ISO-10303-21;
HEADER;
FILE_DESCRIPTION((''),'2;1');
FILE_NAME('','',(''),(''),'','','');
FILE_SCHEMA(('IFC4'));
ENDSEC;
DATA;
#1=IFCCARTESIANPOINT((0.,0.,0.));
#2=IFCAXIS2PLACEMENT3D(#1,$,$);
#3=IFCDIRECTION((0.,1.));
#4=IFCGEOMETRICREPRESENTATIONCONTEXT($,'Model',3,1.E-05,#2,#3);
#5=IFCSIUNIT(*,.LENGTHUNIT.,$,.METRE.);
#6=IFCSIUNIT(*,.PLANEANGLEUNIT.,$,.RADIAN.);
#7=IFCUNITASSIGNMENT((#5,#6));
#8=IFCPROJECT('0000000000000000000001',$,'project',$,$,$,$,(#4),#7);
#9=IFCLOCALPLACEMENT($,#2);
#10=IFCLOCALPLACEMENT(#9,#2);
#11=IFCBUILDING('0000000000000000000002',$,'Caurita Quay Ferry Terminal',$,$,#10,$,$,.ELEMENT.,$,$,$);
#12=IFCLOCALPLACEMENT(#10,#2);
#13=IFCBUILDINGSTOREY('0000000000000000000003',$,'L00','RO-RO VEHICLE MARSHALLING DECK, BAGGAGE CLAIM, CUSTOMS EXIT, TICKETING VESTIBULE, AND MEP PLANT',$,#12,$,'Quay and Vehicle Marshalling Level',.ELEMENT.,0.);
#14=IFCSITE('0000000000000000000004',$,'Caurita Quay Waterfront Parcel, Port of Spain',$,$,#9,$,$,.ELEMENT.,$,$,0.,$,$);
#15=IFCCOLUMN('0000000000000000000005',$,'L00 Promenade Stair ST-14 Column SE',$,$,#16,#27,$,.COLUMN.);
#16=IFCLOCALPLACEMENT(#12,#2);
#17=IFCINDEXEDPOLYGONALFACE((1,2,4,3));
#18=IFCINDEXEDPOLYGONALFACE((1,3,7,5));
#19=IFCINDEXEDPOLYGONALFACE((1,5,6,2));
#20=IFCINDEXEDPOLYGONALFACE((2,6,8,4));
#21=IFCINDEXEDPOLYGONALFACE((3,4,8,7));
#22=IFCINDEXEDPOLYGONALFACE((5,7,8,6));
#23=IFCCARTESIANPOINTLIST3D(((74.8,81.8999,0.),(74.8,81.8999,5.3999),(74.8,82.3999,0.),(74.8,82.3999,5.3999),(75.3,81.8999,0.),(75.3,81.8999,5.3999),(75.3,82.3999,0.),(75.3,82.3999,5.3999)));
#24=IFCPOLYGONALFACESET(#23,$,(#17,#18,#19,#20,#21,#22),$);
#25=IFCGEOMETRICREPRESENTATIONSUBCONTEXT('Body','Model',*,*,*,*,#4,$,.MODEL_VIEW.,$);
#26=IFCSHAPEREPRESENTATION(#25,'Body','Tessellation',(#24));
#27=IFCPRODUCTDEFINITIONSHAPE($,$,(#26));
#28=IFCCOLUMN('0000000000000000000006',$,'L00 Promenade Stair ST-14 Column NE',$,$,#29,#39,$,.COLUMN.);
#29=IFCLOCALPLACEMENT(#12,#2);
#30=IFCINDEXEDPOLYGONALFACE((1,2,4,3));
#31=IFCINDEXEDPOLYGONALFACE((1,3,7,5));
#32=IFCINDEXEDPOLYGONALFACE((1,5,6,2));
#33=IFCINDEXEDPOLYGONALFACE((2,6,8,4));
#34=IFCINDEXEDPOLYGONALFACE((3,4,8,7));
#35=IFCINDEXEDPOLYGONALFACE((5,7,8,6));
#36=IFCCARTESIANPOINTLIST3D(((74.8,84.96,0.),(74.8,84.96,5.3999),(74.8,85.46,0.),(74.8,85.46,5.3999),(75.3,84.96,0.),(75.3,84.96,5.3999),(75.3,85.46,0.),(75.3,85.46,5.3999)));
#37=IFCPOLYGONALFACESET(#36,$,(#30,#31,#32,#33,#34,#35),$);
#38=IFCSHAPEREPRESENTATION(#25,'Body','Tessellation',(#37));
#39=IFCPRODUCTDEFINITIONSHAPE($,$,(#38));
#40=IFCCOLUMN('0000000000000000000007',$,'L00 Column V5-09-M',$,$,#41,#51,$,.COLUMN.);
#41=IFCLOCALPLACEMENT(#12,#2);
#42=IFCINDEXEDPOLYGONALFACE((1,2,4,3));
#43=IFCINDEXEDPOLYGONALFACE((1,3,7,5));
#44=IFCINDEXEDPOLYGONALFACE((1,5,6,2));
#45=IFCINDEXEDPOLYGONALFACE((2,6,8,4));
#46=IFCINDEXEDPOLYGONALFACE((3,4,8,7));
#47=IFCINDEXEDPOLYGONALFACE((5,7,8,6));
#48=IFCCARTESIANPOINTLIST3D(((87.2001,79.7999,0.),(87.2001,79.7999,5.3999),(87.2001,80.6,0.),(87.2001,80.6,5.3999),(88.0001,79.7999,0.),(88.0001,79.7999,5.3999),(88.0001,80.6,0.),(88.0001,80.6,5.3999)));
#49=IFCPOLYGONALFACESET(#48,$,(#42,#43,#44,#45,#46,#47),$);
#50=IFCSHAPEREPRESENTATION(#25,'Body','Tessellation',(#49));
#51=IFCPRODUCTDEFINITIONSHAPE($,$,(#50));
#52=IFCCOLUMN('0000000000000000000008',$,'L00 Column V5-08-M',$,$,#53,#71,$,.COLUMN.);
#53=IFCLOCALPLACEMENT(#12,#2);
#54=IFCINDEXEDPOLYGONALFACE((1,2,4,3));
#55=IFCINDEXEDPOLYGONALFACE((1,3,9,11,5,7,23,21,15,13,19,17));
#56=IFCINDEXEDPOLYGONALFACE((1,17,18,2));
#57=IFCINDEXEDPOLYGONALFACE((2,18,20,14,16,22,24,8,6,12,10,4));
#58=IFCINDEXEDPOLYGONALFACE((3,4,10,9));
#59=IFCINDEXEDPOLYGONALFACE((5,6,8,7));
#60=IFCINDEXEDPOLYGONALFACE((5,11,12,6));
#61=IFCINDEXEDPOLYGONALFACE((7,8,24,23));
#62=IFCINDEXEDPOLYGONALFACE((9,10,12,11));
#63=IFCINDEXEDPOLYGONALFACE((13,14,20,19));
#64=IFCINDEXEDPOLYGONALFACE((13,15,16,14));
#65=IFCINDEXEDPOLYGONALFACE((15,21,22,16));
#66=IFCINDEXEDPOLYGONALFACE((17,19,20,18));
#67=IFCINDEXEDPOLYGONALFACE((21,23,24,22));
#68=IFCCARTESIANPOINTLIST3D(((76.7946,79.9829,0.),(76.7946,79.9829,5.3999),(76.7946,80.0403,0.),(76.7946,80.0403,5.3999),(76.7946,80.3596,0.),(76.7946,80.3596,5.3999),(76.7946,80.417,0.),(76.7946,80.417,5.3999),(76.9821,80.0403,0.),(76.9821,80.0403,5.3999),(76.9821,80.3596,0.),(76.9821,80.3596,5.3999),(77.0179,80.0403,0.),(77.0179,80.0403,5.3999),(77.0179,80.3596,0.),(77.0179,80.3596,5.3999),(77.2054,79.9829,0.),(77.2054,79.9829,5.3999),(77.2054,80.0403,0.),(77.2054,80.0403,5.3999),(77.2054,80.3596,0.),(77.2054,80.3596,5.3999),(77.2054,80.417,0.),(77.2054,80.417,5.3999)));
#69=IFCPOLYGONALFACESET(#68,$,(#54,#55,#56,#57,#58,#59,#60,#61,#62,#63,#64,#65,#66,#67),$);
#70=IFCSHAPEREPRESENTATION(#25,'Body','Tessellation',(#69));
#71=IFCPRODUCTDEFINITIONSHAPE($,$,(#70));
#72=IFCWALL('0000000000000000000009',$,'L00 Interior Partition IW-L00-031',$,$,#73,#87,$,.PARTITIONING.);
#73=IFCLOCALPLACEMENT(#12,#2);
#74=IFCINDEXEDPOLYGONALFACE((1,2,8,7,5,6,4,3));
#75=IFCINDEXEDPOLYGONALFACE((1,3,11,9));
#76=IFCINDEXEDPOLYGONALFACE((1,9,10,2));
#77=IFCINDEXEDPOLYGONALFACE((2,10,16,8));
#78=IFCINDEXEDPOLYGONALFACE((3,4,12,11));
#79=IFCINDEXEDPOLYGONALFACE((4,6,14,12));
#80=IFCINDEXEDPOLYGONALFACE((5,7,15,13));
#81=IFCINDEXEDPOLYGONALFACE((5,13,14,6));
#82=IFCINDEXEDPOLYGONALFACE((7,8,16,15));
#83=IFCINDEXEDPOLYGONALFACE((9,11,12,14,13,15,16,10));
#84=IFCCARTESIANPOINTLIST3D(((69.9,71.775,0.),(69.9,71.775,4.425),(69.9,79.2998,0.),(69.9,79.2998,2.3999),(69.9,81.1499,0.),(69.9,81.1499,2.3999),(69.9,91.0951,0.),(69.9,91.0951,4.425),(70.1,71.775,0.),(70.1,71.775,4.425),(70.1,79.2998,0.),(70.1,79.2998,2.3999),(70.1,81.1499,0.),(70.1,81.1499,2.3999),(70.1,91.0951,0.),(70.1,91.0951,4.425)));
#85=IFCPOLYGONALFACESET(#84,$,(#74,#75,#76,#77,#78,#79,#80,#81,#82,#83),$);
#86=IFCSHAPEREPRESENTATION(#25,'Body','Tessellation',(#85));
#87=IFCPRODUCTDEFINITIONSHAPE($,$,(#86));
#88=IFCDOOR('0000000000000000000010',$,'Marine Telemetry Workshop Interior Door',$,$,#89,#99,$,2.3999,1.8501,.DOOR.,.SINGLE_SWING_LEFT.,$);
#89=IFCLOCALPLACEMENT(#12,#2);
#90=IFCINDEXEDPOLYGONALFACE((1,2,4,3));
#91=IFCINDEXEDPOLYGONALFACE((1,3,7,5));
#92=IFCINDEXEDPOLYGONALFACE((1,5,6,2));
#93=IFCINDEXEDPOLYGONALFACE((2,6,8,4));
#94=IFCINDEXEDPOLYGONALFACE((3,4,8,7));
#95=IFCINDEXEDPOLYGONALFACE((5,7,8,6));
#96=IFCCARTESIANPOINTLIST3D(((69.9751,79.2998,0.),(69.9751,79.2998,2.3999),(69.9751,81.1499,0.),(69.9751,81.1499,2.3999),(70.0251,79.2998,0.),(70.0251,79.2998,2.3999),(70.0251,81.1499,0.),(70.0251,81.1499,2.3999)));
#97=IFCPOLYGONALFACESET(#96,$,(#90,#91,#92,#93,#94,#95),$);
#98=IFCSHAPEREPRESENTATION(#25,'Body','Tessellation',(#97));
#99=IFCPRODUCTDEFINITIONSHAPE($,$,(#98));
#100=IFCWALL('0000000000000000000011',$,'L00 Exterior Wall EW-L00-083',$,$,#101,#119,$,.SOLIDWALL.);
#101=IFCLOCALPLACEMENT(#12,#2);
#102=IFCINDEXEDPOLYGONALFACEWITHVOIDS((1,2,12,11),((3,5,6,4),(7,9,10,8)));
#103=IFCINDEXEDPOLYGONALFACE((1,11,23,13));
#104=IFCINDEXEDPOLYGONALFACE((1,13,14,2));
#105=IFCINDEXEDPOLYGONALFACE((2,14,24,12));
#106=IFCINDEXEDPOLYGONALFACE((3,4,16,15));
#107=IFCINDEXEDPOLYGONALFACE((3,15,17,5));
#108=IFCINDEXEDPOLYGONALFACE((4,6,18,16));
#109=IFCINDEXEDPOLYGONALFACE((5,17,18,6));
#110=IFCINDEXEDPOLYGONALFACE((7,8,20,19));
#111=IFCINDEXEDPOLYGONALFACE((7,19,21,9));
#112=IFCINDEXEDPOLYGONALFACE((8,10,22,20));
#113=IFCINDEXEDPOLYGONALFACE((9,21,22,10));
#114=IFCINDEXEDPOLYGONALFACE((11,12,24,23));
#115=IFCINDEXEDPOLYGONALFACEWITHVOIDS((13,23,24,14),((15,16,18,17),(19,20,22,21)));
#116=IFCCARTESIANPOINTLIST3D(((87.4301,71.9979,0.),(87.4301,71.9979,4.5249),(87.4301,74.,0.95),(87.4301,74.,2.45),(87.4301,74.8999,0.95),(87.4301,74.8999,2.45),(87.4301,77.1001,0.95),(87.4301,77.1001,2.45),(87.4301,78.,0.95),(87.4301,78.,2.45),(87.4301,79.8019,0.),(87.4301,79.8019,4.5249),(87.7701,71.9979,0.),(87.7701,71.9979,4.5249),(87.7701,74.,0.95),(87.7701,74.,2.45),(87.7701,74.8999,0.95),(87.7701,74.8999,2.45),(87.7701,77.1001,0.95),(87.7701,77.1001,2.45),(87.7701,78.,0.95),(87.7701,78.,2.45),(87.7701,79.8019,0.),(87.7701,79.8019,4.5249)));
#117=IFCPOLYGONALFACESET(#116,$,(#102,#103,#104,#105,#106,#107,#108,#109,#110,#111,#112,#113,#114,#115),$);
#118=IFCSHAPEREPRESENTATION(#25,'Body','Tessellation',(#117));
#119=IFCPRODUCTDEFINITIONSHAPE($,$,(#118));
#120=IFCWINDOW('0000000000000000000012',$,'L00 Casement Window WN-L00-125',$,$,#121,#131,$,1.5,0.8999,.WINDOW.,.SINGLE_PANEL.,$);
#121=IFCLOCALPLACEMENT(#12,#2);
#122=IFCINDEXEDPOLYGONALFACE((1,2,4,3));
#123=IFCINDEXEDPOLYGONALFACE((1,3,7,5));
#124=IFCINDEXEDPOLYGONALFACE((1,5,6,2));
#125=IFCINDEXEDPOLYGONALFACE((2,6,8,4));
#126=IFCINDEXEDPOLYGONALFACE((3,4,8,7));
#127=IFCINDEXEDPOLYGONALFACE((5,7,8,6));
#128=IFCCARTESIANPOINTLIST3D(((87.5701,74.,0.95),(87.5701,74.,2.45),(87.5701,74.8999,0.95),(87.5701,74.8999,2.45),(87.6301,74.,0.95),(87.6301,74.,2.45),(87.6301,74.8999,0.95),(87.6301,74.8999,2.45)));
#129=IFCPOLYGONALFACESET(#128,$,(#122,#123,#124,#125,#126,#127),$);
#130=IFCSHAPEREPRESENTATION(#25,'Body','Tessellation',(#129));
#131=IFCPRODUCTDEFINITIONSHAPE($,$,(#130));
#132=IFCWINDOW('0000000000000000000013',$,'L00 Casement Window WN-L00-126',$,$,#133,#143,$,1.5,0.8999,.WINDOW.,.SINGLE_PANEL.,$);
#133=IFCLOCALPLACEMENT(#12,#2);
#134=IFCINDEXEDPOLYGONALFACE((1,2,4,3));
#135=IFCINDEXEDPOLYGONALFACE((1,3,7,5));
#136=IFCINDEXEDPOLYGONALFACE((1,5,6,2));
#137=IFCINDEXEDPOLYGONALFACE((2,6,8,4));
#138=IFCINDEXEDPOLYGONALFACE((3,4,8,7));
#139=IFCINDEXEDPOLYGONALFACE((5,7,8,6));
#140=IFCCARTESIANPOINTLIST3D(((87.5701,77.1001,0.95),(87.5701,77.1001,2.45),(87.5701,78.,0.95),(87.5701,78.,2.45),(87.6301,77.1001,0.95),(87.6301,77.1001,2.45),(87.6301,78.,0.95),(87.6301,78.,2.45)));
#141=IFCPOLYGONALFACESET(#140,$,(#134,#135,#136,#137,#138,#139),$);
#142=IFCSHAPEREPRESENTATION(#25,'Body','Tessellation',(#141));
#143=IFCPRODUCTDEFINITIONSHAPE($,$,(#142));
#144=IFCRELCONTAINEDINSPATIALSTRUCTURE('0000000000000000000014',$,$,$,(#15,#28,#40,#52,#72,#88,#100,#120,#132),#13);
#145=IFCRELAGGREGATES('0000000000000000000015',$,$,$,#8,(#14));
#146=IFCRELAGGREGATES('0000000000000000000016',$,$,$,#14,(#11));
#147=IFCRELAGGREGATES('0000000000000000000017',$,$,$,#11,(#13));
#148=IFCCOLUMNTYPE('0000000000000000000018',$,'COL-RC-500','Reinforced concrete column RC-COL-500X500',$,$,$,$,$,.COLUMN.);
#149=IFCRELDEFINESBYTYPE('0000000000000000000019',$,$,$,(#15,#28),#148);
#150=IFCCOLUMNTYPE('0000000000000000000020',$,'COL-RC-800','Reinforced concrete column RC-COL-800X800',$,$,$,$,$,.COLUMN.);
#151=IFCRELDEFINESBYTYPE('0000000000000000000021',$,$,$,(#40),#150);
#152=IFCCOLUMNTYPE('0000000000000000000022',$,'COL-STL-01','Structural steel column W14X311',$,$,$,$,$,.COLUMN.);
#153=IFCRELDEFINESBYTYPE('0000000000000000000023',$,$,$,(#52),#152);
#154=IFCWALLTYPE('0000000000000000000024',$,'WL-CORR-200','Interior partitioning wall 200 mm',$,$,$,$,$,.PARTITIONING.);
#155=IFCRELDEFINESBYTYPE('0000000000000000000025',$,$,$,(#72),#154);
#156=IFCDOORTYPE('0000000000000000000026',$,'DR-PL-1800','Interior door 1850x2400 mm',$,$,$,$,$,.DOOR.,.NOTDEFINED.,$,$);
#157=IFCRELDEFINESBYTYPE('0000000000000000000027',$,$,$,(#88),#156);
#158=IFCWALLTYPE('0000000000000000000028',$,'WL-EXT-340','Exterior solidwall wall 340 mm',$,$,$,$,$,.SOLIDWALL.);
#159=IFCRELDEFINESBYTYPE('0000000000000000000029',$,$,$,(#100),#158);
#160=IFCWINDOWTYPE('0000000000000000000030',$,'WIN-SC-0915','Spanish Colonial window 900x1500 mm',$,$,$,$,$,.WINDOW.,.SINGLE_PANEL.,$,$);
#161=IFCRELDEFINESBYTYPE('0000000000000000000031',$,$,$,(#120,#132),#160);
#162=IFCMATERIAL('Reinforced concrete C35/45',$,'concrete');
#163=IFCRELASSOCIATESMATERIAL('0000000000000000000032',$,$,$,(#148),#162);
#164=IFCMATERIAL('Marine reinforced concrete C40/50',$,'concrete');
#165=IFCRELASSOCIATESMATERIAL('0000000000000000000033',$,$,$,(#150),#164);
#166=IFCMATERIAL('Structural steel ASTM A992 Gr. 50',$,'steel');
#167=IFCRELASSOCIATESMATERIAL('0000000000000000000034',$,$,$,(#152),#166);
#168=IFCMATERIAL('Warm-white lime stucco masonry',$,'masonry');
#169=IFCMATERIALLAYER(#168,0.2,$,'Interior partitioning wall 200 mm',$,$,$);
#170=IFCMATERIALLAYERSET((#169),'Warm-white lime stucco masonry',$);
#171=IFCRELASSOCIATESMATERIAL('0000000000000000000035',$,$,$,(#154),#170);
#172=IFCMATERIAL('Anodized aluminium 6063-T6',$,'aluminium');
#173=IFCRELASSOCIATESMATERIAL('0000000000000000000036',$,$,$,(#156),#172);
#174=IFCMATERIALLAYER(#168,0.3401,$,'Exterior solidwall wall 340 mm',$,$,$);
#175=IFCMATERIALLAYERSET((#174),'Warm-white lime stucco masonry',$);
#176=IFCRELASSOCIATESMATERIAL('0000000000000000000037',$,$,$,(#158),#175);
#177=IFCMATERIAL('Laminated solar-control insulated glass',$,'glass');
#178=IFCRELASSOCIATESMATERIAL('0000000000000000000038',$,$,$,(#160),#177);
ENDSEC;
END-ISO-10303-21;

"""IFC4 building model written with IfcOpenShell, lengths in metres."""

from ifc_helpers import new_model, si_unit, direction, frame, frame_2d, origin, origin_2d, place, context, subcontext, project, spatial, rectangle, i_section, extrude, material, layer, layer_set, material_profile, profile_set, type_object, element, fill, save


model = new_model("IFC4")

# Units and contexts
model_context = context("Model", 3, precision=1e-05, world=origin(), true_north=direction((0.0, 1.0)))
body_context = subcontext(model_context, "Body", "Model", "MODEL_VIEW")
ifc_project = project(units=[si_unit("LENGTHUNIT", "METRE"), si_unit("PLANEANGLEUNIT", "RADIAN")], contexts=[model_context])

# Site, building, storey
site_placement = place(None, origin())
site = spatial("IfcSite", under=ifc_project, at=site_placement, Name="Caurita Quay Waterfront Parcel, Port of Spain", CompositionType="ELEMENT", RefElevation=0.0)
building_placement = place(site_placement, origin())
building = spatial("IfcBuilding", under=site, at=building_placement, Name="Caurita Quay Ferry Terminal", CompositionType="ELEMENT")
storey_placement = place(building_placement, origin())
storey = spatial("IfcBuildingStorey", under=building, at=storey_placement, Name="L00", Description="RO-RO VEHICLE MARSHALLING DECK, BAGGAGE CLAIM, CUSTOMS EXIT, TICKETING VESTIBULE, AND MEP PLANT", LongName="Quay and Vehicle Marshalling Level", CompositionType="ELEMENT", Elevation=0.0)

# Shared definitions
ifc_material_1 = material(Name="Marine reinforced concrete C40/50", Category="concrete")

# Columns
ifc_material_2 = material(Name="Reinforced concrete C35/45", Category="concrete")
ifc_material_profile_1 = material_profile(ifc_material_2, rectangle(XDim=0.5, YDim=0.5, at=origin_2d()), Name="RC-COL-500X500")
ifc_profile_set_1 = profile_set([ifc_material_profile_1], Name="Reinforced concrete C35/45")
column_type_1 = type_object("IfcColumnType", Name="COL-RC-500", Description="Reinforced concrete column RC-COL-500X500", PredefinedType="COLUMN", material=ifc_profile_set_1)
for number, where, z_axis, x_axis, name in (
    (1, (75.05, 82.1499, 0.0), (0.0, 0.0, 1.0), (1.0, 0.0, 0.0), "L00 Promenade Stair ST-14 Column SE"),
    (2, (75.05, 85.21, 0.0), (0.0, 0.0, 1.0), (1.0, 0.0, 0.0), "L00 Promenade Stair ST-14 Column NE"),
):
    element("IfcColumn", number, at=place(storey_placement, frame(where, z_axis=z_axis, x_axis=x_axis)), inside=storey, type_object=column_type_1, Name=name, PredefinedType="COLUMN", context=body_context, shape_type="SweptSolid", body=[
        extrude(rectangle(XDim=0.5, YDim=0.5, at=origin_2d()), origin(), (0.0, 0.0, 1.0), 5.3999),
    ])
ifc_material_profile_2 = material_profile(ifc_material_1, rectangle(XDim=0.8, YDim=0.8, at=origin_2d()), Name="RC-COL-800X800")
ifc_profile_set_2 = profile_set([ifc_material_profile_2], Name="Marine reinforced concrete C40/50")
column_type_2 = type_object("IfcColumnType", Name="COL-RC-800", Description="Reinforced concrete column RC-COL-800X800", PredefinedType="COLUMN", material=ifc_profile_set_2)
column_1_placement = place(storey_placement, frame((87.6001, 80.2, 0.0), z_axis=(0.0, 0.0, 1.0), x_axis=(1.0, 0.0, 0.0)))
element("IfcColumn", 3, at=column_1_placement, inside=storey, type_object=column_type_2, Name="L00 Column V5-09-M", PredefinedType="COLUMN", context=body_context, shape_type="SweptSolid", body=[
    extrude(rectangle(XDim=0.8, YDim=0.8, at=origin_2d()), origin(), (0.0, 0.0, 1.0), 5.3999),
])
ifc_material_3 = material(Name="Structural steel ASTM A992 Gr. 50", Category="steel")
ifc_material_profile_3 = material_profile(ifc_material_3, i_section(OverallWidth=0.4109, OverallDepth=0.4341, WebThickness=0.0359, FlangeThickness=0.0574, at=origin_2d()), Name="W14X311")
ifc_profile_set_3 = profile_set([ifc_material_profile_3], Name="Structural steel ASTM A992 Gr. 50")
column_type_3 = type_object("IfcColumnType", Name="COL-STL-01", Description="Structural steel column W14X311", PredefinedType="COLUMN", material=ifc_profile_set_3)
column_2_placement = place(storey_placement, frame((77.0, 80.2, 0.0), z_axis=(0.0, 0.0, 1.0), x_axis=(1.0, 0.0, 0.0)))
element("IfcColumn", 4, at=column_2_placement, inside=storey, type_object=column_type_3, Name="L00 Column V5-08-M", PredefinedType="COLUMN", context=body_context, shape_type="SweptSolid", body=[
    extrude(i_section(OverallWidth=0.4109, OverallDepth=0.4341, WebThickness=0.0359, FlangeThickness=0.0574, at=origin_2d()), origin(), (0.0, 0.0, 1.0), 5.3999),
])

# Wall, opening, door
ifc_material_4 = material(Name="Warm-white lime stucco masonry", Category="masonry")
ifc_layer_1 = layer(ifc_material_4, 0.2, Name="Interior partitioning wall 200 mm")
ifc_layer_set_1 = layer_set([ifc_layer_1], Name="Warm-white lime stucco masonry")
wall_type_1 = type_object("IfcWallType", Name="WL-CORR-200", Description="Interior partitioning wall 200 mm", PredefinedType="PARTITIONING", material=ifc_layer_set_1)
wall_1_placement = place(storey_placement, frame((70.0, 71.7749, 0.0), z_axis=(0.0, 0.0, 1.0), x_axis=(0.0, 1.0, 0.0)))
wall_1 = element("IfcWall", 5, at=wall_1_placement, inside=storey, type_object=wall_type_1, Name="L00 Interior Partition IW-L00-031", PredefinedType="PARTITIONING", context=body_context, shape_type="SweptSolid", body=[
    extrude(rectangle(XDim=19.3201, YDim=0.2, at=frame_2d((9.6602, 0.0))), origin(), (0.0, 0.0, 1.0), 4.425),
])
opening_1_placement = place(wall_1_placement, frame((7.5249, 0.0, 0.0)))
opening_1 = element("IfcOpeningElement", 6, at=opening_1_placement, cuts=wall_1, PredefinedType="OPENING", context=body_context, shape_type="SweptSolid", body=[
    extrude(rectangle(XDim=1.8501, YDim=2.3999, at=frame_2d((0.925, 1.2))), frame((0.0, 0.1099, 0.0), z_axis=(0.0, -1.0, 0.0), x_axis=(1.0, 0.0, 0.0)), (0.0, 0.0, 1.0), 0.22),
])
ifc_material_5 = material(Name="Anodized aluminium 6063-T6", Category="aluminium")
door_type_1 = type_object("IfcDoorType", Name="DR-PL-1800", Description="Interior door 1850x2400 mm", OperationType="NOTDEFINED", PredefinedType="DOOR", material=ifc_material_5)
door_1_placement = place(opening_1_placement, origin())
door_1 = element("IfcDoor", 7, at=door_1_placement, inside=storey, type_object=door_type_1, Name="Marine Telemetry Workshop Interior Door", OperationType="SINGLE_SWING_LEFT", OverallHeight=2.3999, OverallWidth=1.8501, PredefinedType="DOOR", context=body_context, shape_type="SweptSolid", body=[
    extrude(rectangle(XDim=1.8501, YDim=2.3999, at=frame_2d((0.925, 1.2))), frame((0.0, 0.0249, 0.0), z_axis=(0.0, -1.0, 0.0), x_axis=(1.0, 0.0, 0.0)), (0.0, 0.0, 1.0), 0.05),
])
fill(opening_1, door_1)

# Wall, openings, windows
ifc_layer_2 = layer(ifc_material_4, 0.3401, Name="Exterior solidwall wall 340 mm")
ifc_layer_set_2 = layer_set([ifc_layer_2], Name="Warm-white lime stucco masonry")
wall_type_2 = type_object("IfcWallType", Name="WL-EXT-340", Description="Exterior solidwall wall 340 mm", PredefinedType="SOLIDWALL", material=ifc_layer_set_2)
wall_2_placement = place(storey_placement, frame((87.6001, 71.998, 0.0), z_axis=(0.0, 0.0, 1.0), x_axis=(0.0, 1.0, 0.0)))
wall_2 = element("IfcWall", 8, at=wall_2_placement, inside=storey, type_object=wall_type_2, Name="L00 Exterior Wall EW-L00-083", PredefinedType="SOLIDWALL", context=body_context, shape_type="SweptSolid", body=[
    extrude(rectangle(XDim=7.804, YDim=0.3401, at=frame_2d((3.9019, 0.0))), origin(), (0.0, 0.0, 1.0), 4.5249),
])
opening_2_placement = place(wall_2_placement, frame((2.002, 0.0, 0.95)))
opening_2 = element("IfcOpeningElement", 9, at=opening_2_placement, cuts=wall_2, PredefinedType="OPENING", context=body_context, shape_type="SweptSolid", body=[
    extrude(rectangle(XDim=0.8999, YDim=1.5, at=frame_2d((0.45, 0.75))), frame((0.0, 0.1799, 0.0), z_axis=(0.0, -1.0, 0.0), x_axis=(1.0, 0.0, 0.0)), (0.0, 0.0, 1.0), 0.3601),
])
opening_3_placement = place(wall_2_placement, frame((5.1021, 0.0, 0.95)))
opening_3 = element("IfcOpeningElement", 10, at=opening_3_placement, cuts=wall_2, PredefinedType="OPENING", context=body_context, shape_type="SweptSolid", body=[
    extrude(rectangle(XDim=0.8999, YDim=1.5, at=frame_2d((0.45, 0.75))), frame((0.0, 0.1799, 0.0), z_axis=(0.0, -1.0, 0.0), x_axis=(1.0, 0.0, 0.0)), (0.0, 0.0, 1.0), 0.3601),
])
ifc_material_6 = material(Name="Laminated solar-control insulated glass", Category="glass")
window_type = type_object("IfcWindowType", Name="WIN-SC-0915", Description="Spanish Colonial window 900x1500 mm", PartitioningType="SINGLE_PANEL", PredefinedType="WINDOW", material=ifc_material_6)
window_1_placement = place(opening_2_placement, origin())
window_1 = element("IfcWindow", 11, at=window_1_placement, inside=storey, type_object=window_type, Name="L00 Casement Window WN-L00-125", OverallHeight=1.5, OverallWidth=0.8999, PartitioningType="SINGLE_PANEL", PredefinedType="WINDOW", context=body_context, shape_type="SweptSolid", body=[
    extrude(rectangle(XDim=0.8999, YDim=1.5, at=frame_2d((0.45, 0.75))), frame((0.0, 0.03, 0.0), z_axis=(0.0, -1.0, 0.0), x_axis=(1.0, 0.0, 0.0)), (0.0, 0.0, 1.0), 0.0601),
])
fill(opening_2, window_1)
window_2_placement = place(opening_3_placement, origin())
window_2 = element("IfcWindow", 12, at=window_2_placement, inside=storey, type_object=window_type, Name="L00 Casement Window WN-L00-126", OverallHeight=1.5, OverallWidth=0.8999, PartitioningType="SINGLE_PANEL", PredefinedType="WINDOW", context=body_context, shape_type="SweptSolid", body=[
    extrude(rectangle(XDim=0.8999, YDim=1.5, at=frame_2d((0.45, 0.75))), frame((0.0, 0.03, 0.0), z_axis=(0.0, -1.0, 0.0), x_axis=(1.0, 0.0, 0.0)), (0.0, 0.0, 1.0), 0.0601),
])
fill(opening_3, window_2)

save(model, "model.ifc")
